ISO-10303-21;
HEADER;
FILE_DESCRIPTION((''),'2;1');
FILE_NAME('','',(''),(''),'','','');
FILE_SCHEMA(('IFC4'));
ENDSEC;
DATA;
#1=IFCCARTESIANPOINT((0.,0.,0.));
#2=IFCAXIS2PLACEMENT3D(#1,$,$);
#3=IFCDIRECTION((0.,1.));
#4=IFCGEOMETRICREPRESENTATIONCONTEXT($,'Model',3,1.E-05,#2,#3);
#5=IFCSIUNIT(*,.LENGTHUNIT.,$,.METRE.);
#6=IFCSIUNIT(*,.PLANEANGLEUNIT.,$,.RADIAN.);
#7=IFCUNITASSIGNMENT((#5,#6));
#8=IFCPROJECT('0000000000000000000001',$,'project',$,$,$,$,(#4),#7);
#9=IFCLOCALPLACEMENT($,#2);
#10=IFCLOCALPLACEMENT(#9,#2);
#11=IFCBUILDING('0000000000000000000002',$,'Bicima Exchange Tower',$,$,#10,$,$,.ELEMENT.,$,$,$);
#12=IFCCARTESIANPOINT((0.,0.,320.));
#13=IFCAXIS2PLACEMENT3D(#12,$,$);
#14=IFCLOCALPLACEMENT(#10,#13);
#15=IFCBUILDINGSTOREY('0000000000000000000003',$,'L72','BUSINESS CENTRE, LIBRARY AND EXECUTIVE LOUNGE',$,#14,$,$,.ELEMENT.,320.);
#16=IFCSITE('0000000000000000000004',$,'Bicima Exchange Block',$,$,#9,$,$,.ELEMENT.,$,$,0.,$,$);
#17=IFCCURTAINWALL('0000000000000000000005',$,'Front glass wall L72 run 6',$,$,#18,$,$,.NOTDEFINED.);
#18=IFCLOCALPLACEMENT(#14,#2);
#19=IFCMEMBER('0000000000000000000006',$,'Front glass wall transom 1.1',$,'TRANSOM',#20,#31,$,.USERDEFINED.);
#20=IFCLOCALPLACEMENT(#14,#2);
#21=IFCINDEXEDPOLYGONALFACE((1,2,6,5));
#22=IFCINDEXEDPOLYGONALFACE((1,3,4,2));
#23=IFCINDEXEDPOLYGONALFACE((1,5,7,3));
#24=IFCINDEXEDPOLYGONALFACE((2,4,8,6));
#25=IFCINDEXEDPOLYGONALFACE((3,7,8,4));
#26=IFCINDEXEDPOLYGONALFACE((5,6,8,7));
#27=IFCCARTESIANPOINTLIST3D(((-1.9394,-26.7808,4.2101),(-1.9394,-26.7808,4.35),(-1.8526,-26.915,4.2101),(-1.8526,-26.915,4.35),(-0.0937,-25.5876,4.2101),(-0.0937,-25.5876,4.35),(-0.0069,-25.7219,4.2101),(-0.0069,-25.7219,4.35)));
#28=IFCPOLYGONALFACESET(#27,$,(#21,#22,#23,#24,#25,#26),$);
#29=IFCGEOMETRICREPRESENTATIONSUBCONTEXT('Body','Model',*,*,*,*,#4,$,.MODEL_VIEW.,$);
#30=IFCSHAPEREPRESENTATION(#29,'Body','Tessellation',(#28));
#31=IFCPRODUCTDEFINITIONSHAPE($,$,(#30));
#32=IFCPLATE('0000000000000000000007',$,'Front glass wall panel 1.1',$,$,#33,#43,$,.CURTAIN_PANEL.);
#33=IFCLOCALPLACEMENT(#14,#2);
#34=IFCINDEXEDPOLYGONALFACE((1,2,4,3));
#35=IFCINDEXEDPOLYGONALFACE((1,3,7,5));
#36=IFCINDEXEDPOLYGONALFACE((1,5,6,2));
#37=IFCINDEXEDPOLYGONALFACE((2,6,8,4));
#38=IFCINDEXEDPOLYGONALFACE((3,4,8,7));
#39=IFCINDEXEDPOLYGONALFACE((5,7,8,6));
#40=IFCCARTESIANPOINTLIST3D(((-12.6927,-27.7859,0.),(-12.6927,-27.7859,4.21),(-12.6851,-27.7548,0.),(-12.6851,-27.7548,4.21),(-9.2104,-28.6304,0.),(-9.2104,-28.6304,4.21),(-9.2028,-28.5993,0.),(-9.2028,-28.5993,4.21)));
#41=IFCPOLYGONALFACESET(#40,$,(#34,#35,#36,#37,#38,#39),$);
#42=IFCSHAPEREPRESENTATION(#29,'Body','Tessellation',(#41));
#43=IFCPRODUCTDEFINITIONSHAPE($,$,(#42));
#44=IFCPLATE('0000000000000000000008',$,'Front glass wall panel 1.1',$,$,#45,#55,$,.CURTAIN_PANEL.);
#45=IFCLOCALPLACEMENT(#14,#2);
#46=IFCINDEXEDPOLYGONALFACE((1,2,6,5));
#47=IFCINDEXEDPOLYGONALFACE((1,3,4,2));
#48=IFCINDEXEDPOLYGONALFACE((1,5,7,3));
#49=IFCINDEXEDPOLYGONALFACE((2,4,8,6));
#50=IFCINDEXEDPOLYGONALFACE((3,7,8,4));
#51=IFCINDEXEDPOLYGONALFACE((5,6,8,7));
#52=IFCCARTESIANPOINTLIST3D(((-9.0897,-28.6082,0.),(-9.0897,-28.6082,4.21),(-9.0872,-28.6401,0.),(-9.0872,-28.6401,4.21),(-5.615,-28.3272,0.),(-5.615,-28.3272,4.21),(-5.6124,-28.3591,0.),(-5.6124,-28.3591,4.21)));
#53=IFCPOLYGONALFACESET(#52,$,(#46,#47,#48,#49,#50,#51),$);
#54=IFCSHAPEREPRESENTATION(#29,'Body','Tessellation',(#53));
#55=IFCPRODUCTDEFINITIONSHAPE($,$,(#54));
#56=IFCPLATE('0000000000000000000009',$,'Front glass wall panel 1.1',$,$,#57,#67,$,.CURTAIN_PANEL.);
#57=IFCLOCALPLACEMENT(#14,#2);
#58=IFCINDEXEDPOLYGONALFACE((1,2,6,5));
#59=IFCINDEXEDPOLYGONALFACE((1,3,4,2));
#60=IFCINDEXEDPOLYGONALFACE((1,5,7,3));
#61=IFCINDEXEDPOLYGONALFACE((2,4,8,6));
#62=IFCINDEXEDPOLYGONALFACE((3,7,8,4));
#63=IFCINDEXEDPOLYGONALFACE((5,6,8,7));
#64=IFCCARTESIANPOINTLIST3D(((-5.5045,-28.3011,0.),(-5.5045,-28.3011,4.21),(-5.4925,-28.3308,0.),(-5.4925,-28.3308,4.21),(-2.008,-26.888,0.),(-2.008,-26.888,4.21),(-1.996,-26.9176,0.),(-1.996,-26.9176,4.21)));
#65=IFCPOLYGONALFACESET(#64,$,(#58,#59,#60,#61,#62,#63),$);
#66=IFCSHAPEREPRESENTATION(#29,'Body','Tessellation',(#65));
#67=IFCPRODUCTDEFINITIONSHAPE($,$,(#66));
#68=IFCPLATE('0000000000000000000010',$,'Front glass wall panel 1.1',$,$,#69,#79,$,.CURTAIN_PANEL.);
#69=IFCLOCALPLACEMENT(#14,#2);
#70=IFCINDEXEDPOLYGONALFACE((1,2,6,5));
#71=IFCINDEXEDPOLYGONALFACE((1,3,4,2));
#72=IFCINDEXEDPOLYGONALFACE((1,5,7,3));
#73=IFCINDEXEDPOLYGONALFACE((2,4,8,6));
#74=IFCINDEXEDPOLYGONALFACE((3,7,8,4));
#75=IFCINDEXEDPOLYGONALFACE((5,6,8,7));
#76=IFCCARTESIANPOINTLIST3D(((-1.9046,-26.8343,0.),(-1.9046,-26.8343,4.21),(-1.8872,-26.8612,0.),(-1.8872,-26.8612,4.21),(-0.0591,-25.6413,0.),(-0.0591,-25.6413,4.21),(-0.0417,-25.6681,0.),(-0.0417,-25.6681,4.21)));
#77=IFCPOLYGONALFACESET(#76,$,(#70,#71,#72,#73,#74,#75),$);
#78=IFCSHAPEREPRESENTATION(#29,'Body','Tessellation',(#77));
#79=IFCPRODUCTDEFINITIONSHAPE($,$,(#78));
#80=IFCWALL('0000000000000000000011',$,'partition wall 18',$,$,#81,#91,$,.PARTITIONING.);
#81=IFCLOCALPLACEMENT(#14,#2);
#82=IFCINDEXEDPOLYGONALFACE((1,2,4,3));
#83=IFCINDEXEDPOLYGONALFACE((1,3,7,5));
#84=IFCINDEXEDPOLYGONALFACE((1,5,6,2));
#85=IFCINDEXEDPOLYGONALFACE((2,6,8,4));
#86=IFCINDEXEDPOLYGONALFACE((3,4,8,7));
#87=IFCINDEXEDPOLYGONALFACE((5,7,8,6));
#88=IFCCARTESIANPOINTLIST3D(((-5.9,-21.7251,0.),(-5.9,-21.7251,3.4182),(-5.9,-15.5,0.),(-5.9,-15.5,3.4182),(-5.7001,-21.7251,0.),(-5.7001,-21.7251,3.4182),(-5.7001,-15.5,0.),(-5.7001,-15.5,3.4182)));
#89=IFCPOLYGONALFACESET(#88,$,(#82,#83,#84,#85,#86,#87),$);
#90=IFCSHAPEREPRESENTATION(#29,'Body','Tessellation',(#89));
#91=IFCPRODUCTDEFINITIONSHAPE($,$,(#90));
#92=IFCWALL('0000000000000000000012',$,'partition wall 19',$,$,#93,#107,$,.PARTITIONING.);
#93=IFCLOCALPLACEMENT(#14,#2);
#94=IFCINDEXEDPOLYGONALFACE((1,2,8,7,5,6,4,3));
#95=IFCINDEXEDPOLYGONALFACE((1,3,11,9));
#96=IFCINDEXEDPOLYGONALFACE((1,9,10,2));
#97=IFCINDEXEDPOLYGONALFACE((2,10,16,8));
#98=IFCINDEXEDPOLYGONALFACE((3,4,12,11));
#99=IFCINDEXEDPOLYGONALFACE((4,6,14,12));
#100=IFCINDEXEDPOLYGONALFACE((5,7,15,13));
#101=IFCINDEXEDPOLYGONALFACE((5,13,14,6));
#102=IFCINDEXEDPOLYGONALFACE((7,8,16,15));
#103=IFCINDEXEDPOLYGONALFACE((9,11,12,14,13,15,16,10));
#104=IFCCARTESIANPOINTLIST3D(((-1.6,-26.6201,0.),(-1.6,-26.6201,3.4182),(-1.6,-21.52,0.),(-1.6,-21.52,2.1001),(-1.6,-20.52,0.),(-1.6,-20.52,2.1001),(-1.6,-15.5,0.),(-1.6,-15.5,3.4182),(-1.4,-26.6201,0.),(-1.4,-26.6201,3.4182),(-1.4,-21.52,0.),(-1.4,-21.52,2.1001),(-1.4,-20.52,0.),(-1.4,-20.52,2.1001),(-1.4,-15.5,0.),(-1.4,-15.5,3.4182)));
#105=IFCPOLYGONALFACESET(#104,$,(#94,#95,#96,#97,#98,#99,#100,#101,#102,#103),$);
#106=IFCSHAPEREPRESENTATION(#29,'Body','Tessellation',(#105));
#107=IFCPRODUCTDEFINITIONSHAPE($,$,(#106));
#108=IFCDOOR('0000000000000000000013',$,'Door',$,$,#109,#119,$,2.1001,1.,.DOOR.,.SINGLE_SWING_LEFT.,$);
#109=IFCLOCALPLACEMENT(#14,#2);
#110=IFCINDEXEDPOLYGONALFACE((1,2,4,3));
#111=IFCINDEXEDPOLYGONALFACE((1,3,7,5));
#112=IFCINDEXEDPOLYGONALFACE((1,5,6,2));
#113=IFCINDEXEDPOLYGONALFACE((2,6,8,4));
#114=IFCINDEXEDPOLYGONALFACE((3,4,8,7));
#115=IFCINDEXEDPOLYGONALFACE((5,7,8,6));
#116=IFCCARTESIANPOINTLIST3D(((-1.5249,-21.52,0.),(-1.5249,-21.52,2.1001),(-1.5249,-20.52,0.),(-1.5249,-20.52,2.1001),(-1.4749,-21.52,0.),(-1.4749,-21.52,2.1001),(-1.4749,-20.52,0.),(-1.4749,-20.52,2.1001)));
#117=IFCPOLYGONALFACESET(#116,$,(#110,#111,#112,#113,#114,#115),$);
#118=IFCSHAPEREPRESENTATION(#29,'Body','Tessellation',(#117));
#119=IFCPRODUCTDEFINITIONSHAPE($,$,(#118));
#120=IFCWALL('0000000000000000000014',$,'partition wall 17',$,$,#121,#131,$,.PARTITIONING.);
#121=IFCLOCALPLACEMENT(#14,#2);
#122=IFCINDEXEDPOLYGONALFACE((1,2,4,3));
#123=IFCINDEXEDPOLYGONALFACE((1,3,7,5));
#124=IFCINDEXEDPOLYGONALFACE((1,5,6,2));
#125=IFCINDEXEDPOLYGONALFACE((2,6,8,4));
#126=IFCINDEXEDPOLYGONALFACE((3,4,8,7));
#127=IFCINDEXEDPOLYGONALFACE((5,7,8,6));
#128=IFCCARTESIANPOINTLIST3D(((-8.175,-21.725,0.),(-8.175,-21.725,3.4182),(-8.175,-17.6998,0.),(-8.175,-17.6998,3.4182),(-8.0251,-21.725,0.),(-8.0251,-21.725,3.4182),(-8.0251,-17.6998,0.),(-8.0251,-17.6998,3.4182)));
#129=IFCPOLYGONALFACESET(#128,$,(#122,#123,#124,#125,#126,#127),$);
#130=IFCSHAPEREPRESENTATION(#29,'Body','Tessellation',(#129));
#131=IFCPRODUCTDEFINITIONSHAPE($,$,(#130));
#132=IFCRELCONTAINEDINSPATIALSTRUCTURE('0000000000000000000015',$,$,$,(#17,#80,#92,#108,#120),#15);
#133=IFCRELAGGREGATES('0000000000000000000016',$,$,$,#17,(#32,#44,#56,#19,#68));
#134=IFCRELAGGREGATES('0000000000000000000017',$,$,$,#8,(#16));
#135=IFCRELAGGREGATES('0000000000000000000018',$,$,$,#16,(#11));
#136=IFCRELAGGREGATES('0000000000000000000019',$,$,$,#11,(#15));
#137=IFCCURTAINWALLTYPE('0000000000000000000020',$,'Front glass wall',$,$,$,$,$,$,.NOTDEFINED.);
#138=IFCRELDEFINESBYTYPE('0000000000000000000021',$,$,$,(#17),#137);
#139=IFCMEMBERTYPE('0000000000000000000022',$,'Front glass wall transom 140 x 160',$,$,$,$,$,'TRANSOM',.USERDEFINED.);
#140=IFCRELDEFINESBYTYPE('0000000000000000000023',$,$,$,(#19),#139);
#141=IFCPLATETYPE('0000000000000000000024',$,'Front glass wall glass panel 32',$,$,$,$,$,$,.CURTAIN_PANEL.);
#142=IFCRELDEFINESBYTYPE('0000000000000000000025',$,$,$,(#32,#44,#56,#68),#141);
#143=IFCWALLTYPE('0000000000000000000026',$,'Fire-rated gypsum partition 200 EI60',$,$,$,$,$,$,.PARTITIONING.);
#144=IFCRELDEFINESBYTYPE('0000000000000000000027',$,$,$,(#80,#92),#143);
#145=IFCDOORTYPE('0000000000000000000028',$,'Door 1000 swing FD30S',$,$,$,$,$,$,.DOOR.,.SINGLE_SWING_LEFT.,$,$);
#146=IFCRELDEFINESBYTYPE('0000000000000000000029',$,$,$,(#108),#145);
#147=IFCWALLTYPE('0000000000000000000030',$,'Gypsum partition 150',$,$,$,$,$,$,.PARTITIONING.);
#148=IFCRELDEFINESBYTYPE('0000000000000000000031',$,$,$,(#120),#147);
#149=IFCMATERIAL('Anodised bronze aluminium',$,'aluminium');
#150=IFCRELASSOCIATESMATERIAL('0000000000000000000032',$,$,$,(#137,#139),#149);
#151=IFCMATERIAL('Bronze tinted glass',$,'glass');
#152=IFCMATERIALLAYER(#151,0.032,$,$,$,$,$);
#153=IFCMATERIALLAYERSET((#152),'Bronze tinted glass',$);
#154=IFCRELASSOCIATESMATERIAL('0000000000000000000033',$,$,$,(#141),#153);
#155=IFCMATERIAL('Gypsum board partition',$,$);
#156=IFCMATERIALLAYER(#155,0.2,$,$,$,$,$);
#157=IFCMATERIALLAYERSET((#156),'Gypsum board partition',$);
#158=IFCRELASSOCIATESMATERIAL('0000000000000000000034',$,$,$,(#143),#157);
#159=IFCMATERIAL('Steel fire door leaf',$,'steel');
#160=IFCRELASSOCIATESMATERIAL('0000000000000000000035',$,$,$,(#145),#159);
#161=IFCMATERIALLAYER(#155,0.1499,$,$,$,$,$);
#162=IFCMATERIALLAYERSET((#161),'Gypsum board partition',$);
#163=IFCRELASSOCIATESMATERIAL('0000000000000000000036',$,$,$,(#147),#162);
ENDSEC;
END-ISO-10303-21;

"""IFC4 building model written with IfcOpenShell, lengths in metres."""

from ifc_helpers import new_model, si_unit, direction, frame, frame_2d, origin, origin_2d, place, context, subcontext, project, spatial, rectangle, extrude, material, layer, layer_set, material_profile, profile_set, type_object, element, fill, aggregate, save


model = new_model("IFC4")

# Units and contexts
model_context = context("Model", 3, precision=1e-05, world=origin(), true_north=direction((0.0, 1.0)))
body_context = subcontext(model_context, "Body", "Model", "MODEL_VIEW")
ifc_project = project(units=[si_unit("LENGTHUNIT", "METRE"), si_unit("PLANEANGLEUNIT", "RADIAN")], contexts=[model_context])

# Site, building, storey
site_placement = place(None, origin())
site = spatial("IfcSite", under=ifc_project, at=site_placement, Name="Bicima Exchange Block", CompositionType="ELEMENT", RefElevation=0.0)
building_placement = place(site_placement, origin())
building = spatial("IfcBuilding", under=site, at=building_placement, Name="Bicima Exchange Tower", CompositionType="ELEMENT")
storey_placement = place(building_placement, frame((0.0, 0.0, 320.0)))
storey = spatial("IfcBuildingStorey", under=building, at=storey_placement, Name="L72", Description="BUSINESS CENTRE, LIBRARY AND EXECUTIVE LOUNGE", CompositionType="ELEMENT", Elevation=320.0)

# Curtain wall, member, plates
ifc_material_1 = material(Name="Anodised bronze aluminium", Category="aluminium")
curtain_wall_type = type_object("IfcCurtainWallType", Name="Front glass wall", PredefinedType="NOTDEFINED", material=ifc_material_1)
curtain_wall_placement = place(storey_placement, origin())
curtain_wall = element("IfcCurtainWall", 1, at=curtain_wall_placement, inside=storey, type_object=curtain_wall_type, Name="Front glass wall L72 run 6", PredefinedType="NOTDEFINED")
ifc_material_profile_1 = material_profile(ifc_material_1, rectangle(XDim=0.1599, YDim=0.1399, at=origin_2d()))
ifc_profile_set_1 = profile_set([ifc_material_profile_1], Name="Anodised bronze aluminium")
member_type_1 = type_object("IfcMemberType", Name="Front glass wall transom 140 x 160", ElementType="TRANSOM", PredefinedType="USERDEFINED", material=ifc_profile_set_1)
member_1_placement = place(storey_placement, frame((-1.896, -26.8479, 4.28), z_axis=(0.839811, 0.542878, 0.0), x_axis=(-0.542878, 0.839811, 0.0)))
member_1 = element("IfcMember", 2, at=member_1_placement, type_object=member_type_1, Name="Front glass wall transom 1.1", ObjectType="TRANSOM", PredefinedType="USERDEFINED", context=body_context, shape_type="SweptSolid", body=[
    extrude(rectangle(XDim=0.1599, YDim=0.1399, at=origin_2d()), origin(), (0.0, 0.0, 1.0), 2.1978),
])
ifc_material_2 = material(Name="Bronze tinted glass", Category="glass")
ifc_layer_1 = layer(ifc_material_2, 0.032)
ifc_layer_set_1 = layer_set([ifc_layer_1], Name="Bronze tinted glass")
plate_type = type_object("IfcPlateType", Name="Front glass wall glass panel 32", PredefinedType="CURTAIN_PANEL", material=ifc_layer_set_1)
plate_1_placement = place(storey_placement, frame((-10.9478, -28.1926, 0.0), z_axis=(0.0, 0.0, 1.0), x_axis=(0.97183, -0.235682, 0.0)))
plate_1 = element("IfcPlate", 3, at=plate_1_placement, type_object=plate_type, Name="Front glass wall panel 1.1", PredefinedType="CURTAIN_PANEL", context=body_context, shape_type="SweptSolid", body=[
    extrude(rectangle(XDim=3.5833, YDim=0.032, at=origin_2d()), origin(), (0.0, 0.0, 1.0), 4.21),
])
plate_2_placement = place(storey_placement, frame((-7.3511, -28.4836, 0.0), z_axis=(0.0, 0.0, 1.0), x_axis=(0.996747, 0.080589, 0.0)))
plate_2 = element("IfcPlate", 4, at=plate_2_placement, type_object=plate_type, Name="Front glass wall panel 1.1", PredefinedType="CURTAIN_PANEL", context=body_context, shape_type="SweptSolid", body=[
    extrude(rectangle(XDim=3.4861, YDim=0.032, at=origin_2d()), origin(), (0.0, 0.0, 1.0), 4.21),
])
plate_3_placement = place(storey_placement, frame((-3.7502, -27.6094, 0.0), z_axis=(0.0, 0.0, 1.0), x_axis=(0.927144, 0.374705, 0.0)))
plate_3 = element("IfcPlate", 5, at=plate_3_placement, type_object=plate_type, Name="Front glass wall panel 1.1", PredefinedType="CURTAIN_PANEL", context=body_context, shape_type="SweptSolid", body=[
    extrude(rectangle(XDim=3.7712, YDim=0.032, at=origin_2d()), origin(), (0.0, 0.0, 1.0), 4.21),
])
plate_4_placement = place(storey_placement, frame((-0.9731, -26.2512, 0.0), z_axis=(0.0, 0.0, 1.0), x_axis=(0.839799, 0.542897, 0.0)))
plate_4 = element("IfcPlate", 6, at=plate_4_placement, type_object=plate_type, Name="Front glass wall panel 1.1", PredefinedType="CURTAIN_PANEL", context=body_context, shape_type="SweptSolid", body=[
    extrude(rectangle(XDim=2.1975, YDim=0.032, at=origin_2d()), origin(), (0.0, 0.0, 1.0), 4.21),
])
aggregate(curtain_wall, [plate_1, plate_2, plate_3, member_1, plate_4])

# Wall
ifc_material_3 = material(Name="Gypsum board partition")
ifc_layer_2 = layer(ifc_material_3, 0.2)
ifc_layer_set_2 = layer_set([ifc_layer_2], Name="Gypsum board partition")
wall_type_1 = type_object("IfcWallType", Name="Fire-rated gypsum partition 200 EI60", PredefinedType="PARTITIONING", material=ifc_layer_set_2)
wall_1_placement = place(storey_placement, frame((-5.8, -21.7251, 0.0), z_axis=(0.0, 0.0, 1.0), x_axis=(0.0, 1.0, 0.0)))
element("IfcWall", 7, at=wall_1_placement, inside=storey, type_object=wall_type_1, Name="partition wall 18", PredefinedType="PARTITIONING", context=body_context, shape_type="SweptSolid", body=[
    extrude(rectangle(XDim=6.2251, YDim=0.2, at=frame_2d((3.1125, 0.0))), origin(), (0.0, 0.0, 1.0), 3.4182),
])

# Wall, opening, door
wall_2_placement = place(storey_placement, frame((-1.5, -26.6201, 0.0), z_axis=(0.0, 0.0, 1.0), x_axis=(0.0, 1.0, 0.0)))
wall_2 = element("IfcWall", 8, at=wall_2_placement, inside=storey, type_object=wall_type_1, Name="partition wall 19", PredefinedType="PARTITIONING", context=body_context, shape_type="SweptSolid", body=[
    extrude(rectangle(XDim=11.1201, YDim=0.2, at=frame_2d((5.5601, 0.0))), origin(), (0.0, 0.0, 1.0), 3.4182),
])
opening_placement = place(wall_2_placement, frame((5.1001, 0.0, 0.0)))
opening = element("IfcOpeningElement", 9, at=opening_placement, cuts=wall_2, PredefinedType="OPENING", context=body_context, shape_type="SweptSolid", body=[
    extrude(rectangle(XDim=1.0, YDim=2.1001, at=frame_2d((0.5, 1.05))), frame((0.0, 0.1118, 0.0), z_axis=(0.0, -1.0, 0.0), x_axis=(1.0, 0.0, 0.0)), (0.0, 0.0, 1.0), 0.2239),
])
ifc_material_4 = material(Name="Steel fire door leaf", Category="steel")
door_type = type_object("IfcDoorType", Name="Door 1000 swing FD30S", OperationType="SINGLE_SWING_LEFT", PredefinedType="DOOR", material=ifc_material_4)
door_placement = place(opening_placement, origin())
door = element("IfcDoor", 10, at=door_placement, inside=storey, type_object=door_type, Name="Door", OperationType="SINGLE_SWING_LEFT", OverallHeight=2.1001, OverallWidth=1.0, PredefinedType="DOOR", context=body_context, shape_type="SweptSolid", body=[
    extrude(rectangle(XDim=1.0, YDim=2.1001, at=frame_2d((0.5, 1.05))), frame((0.0, 0.0249, 0.0), z_axis=(0.0, -1.0, 0.0), x_axis=(1.0, 0.0, 0.0)), (0.0, 0.0, 1.0), 0.05),
])
fill(opening, door)

# Wall
ifc_layer_3 = layer(ifc_material_3, 0.1499)
ifc_layer_set_3 = layer_set([ifc_layer_3], Name="Gypsum board partition")
wall_type_2 = type_object("IfcWallType", Name="Gypsum partition 150", PredefinedType="PARTITIONING", material=ifc_layer_set_3)
wall_3_placement = place(storey_placement, frame((-8.1001, -21.7251, 0.0), z_axis=(0.0, 0.0, 1.0), x_axis=(0.0, 1.0, 0.0)))
element("IfcWall", 11, at=wall_3_placement, inside=storey, type_object=wall_type_2, Name="partition wall 17", PredefinedType="PARTITIONING", context=body_context, shape_type="SweptSolid", body=[
    extrude(rectangle(XDim=4.0251, YDim=0.1499, at=frame_2d((2.0127, 0.0))), origin(), (0.0, 0.0, 1.0), 3.4182),
])

save(model, "model.ifc")
